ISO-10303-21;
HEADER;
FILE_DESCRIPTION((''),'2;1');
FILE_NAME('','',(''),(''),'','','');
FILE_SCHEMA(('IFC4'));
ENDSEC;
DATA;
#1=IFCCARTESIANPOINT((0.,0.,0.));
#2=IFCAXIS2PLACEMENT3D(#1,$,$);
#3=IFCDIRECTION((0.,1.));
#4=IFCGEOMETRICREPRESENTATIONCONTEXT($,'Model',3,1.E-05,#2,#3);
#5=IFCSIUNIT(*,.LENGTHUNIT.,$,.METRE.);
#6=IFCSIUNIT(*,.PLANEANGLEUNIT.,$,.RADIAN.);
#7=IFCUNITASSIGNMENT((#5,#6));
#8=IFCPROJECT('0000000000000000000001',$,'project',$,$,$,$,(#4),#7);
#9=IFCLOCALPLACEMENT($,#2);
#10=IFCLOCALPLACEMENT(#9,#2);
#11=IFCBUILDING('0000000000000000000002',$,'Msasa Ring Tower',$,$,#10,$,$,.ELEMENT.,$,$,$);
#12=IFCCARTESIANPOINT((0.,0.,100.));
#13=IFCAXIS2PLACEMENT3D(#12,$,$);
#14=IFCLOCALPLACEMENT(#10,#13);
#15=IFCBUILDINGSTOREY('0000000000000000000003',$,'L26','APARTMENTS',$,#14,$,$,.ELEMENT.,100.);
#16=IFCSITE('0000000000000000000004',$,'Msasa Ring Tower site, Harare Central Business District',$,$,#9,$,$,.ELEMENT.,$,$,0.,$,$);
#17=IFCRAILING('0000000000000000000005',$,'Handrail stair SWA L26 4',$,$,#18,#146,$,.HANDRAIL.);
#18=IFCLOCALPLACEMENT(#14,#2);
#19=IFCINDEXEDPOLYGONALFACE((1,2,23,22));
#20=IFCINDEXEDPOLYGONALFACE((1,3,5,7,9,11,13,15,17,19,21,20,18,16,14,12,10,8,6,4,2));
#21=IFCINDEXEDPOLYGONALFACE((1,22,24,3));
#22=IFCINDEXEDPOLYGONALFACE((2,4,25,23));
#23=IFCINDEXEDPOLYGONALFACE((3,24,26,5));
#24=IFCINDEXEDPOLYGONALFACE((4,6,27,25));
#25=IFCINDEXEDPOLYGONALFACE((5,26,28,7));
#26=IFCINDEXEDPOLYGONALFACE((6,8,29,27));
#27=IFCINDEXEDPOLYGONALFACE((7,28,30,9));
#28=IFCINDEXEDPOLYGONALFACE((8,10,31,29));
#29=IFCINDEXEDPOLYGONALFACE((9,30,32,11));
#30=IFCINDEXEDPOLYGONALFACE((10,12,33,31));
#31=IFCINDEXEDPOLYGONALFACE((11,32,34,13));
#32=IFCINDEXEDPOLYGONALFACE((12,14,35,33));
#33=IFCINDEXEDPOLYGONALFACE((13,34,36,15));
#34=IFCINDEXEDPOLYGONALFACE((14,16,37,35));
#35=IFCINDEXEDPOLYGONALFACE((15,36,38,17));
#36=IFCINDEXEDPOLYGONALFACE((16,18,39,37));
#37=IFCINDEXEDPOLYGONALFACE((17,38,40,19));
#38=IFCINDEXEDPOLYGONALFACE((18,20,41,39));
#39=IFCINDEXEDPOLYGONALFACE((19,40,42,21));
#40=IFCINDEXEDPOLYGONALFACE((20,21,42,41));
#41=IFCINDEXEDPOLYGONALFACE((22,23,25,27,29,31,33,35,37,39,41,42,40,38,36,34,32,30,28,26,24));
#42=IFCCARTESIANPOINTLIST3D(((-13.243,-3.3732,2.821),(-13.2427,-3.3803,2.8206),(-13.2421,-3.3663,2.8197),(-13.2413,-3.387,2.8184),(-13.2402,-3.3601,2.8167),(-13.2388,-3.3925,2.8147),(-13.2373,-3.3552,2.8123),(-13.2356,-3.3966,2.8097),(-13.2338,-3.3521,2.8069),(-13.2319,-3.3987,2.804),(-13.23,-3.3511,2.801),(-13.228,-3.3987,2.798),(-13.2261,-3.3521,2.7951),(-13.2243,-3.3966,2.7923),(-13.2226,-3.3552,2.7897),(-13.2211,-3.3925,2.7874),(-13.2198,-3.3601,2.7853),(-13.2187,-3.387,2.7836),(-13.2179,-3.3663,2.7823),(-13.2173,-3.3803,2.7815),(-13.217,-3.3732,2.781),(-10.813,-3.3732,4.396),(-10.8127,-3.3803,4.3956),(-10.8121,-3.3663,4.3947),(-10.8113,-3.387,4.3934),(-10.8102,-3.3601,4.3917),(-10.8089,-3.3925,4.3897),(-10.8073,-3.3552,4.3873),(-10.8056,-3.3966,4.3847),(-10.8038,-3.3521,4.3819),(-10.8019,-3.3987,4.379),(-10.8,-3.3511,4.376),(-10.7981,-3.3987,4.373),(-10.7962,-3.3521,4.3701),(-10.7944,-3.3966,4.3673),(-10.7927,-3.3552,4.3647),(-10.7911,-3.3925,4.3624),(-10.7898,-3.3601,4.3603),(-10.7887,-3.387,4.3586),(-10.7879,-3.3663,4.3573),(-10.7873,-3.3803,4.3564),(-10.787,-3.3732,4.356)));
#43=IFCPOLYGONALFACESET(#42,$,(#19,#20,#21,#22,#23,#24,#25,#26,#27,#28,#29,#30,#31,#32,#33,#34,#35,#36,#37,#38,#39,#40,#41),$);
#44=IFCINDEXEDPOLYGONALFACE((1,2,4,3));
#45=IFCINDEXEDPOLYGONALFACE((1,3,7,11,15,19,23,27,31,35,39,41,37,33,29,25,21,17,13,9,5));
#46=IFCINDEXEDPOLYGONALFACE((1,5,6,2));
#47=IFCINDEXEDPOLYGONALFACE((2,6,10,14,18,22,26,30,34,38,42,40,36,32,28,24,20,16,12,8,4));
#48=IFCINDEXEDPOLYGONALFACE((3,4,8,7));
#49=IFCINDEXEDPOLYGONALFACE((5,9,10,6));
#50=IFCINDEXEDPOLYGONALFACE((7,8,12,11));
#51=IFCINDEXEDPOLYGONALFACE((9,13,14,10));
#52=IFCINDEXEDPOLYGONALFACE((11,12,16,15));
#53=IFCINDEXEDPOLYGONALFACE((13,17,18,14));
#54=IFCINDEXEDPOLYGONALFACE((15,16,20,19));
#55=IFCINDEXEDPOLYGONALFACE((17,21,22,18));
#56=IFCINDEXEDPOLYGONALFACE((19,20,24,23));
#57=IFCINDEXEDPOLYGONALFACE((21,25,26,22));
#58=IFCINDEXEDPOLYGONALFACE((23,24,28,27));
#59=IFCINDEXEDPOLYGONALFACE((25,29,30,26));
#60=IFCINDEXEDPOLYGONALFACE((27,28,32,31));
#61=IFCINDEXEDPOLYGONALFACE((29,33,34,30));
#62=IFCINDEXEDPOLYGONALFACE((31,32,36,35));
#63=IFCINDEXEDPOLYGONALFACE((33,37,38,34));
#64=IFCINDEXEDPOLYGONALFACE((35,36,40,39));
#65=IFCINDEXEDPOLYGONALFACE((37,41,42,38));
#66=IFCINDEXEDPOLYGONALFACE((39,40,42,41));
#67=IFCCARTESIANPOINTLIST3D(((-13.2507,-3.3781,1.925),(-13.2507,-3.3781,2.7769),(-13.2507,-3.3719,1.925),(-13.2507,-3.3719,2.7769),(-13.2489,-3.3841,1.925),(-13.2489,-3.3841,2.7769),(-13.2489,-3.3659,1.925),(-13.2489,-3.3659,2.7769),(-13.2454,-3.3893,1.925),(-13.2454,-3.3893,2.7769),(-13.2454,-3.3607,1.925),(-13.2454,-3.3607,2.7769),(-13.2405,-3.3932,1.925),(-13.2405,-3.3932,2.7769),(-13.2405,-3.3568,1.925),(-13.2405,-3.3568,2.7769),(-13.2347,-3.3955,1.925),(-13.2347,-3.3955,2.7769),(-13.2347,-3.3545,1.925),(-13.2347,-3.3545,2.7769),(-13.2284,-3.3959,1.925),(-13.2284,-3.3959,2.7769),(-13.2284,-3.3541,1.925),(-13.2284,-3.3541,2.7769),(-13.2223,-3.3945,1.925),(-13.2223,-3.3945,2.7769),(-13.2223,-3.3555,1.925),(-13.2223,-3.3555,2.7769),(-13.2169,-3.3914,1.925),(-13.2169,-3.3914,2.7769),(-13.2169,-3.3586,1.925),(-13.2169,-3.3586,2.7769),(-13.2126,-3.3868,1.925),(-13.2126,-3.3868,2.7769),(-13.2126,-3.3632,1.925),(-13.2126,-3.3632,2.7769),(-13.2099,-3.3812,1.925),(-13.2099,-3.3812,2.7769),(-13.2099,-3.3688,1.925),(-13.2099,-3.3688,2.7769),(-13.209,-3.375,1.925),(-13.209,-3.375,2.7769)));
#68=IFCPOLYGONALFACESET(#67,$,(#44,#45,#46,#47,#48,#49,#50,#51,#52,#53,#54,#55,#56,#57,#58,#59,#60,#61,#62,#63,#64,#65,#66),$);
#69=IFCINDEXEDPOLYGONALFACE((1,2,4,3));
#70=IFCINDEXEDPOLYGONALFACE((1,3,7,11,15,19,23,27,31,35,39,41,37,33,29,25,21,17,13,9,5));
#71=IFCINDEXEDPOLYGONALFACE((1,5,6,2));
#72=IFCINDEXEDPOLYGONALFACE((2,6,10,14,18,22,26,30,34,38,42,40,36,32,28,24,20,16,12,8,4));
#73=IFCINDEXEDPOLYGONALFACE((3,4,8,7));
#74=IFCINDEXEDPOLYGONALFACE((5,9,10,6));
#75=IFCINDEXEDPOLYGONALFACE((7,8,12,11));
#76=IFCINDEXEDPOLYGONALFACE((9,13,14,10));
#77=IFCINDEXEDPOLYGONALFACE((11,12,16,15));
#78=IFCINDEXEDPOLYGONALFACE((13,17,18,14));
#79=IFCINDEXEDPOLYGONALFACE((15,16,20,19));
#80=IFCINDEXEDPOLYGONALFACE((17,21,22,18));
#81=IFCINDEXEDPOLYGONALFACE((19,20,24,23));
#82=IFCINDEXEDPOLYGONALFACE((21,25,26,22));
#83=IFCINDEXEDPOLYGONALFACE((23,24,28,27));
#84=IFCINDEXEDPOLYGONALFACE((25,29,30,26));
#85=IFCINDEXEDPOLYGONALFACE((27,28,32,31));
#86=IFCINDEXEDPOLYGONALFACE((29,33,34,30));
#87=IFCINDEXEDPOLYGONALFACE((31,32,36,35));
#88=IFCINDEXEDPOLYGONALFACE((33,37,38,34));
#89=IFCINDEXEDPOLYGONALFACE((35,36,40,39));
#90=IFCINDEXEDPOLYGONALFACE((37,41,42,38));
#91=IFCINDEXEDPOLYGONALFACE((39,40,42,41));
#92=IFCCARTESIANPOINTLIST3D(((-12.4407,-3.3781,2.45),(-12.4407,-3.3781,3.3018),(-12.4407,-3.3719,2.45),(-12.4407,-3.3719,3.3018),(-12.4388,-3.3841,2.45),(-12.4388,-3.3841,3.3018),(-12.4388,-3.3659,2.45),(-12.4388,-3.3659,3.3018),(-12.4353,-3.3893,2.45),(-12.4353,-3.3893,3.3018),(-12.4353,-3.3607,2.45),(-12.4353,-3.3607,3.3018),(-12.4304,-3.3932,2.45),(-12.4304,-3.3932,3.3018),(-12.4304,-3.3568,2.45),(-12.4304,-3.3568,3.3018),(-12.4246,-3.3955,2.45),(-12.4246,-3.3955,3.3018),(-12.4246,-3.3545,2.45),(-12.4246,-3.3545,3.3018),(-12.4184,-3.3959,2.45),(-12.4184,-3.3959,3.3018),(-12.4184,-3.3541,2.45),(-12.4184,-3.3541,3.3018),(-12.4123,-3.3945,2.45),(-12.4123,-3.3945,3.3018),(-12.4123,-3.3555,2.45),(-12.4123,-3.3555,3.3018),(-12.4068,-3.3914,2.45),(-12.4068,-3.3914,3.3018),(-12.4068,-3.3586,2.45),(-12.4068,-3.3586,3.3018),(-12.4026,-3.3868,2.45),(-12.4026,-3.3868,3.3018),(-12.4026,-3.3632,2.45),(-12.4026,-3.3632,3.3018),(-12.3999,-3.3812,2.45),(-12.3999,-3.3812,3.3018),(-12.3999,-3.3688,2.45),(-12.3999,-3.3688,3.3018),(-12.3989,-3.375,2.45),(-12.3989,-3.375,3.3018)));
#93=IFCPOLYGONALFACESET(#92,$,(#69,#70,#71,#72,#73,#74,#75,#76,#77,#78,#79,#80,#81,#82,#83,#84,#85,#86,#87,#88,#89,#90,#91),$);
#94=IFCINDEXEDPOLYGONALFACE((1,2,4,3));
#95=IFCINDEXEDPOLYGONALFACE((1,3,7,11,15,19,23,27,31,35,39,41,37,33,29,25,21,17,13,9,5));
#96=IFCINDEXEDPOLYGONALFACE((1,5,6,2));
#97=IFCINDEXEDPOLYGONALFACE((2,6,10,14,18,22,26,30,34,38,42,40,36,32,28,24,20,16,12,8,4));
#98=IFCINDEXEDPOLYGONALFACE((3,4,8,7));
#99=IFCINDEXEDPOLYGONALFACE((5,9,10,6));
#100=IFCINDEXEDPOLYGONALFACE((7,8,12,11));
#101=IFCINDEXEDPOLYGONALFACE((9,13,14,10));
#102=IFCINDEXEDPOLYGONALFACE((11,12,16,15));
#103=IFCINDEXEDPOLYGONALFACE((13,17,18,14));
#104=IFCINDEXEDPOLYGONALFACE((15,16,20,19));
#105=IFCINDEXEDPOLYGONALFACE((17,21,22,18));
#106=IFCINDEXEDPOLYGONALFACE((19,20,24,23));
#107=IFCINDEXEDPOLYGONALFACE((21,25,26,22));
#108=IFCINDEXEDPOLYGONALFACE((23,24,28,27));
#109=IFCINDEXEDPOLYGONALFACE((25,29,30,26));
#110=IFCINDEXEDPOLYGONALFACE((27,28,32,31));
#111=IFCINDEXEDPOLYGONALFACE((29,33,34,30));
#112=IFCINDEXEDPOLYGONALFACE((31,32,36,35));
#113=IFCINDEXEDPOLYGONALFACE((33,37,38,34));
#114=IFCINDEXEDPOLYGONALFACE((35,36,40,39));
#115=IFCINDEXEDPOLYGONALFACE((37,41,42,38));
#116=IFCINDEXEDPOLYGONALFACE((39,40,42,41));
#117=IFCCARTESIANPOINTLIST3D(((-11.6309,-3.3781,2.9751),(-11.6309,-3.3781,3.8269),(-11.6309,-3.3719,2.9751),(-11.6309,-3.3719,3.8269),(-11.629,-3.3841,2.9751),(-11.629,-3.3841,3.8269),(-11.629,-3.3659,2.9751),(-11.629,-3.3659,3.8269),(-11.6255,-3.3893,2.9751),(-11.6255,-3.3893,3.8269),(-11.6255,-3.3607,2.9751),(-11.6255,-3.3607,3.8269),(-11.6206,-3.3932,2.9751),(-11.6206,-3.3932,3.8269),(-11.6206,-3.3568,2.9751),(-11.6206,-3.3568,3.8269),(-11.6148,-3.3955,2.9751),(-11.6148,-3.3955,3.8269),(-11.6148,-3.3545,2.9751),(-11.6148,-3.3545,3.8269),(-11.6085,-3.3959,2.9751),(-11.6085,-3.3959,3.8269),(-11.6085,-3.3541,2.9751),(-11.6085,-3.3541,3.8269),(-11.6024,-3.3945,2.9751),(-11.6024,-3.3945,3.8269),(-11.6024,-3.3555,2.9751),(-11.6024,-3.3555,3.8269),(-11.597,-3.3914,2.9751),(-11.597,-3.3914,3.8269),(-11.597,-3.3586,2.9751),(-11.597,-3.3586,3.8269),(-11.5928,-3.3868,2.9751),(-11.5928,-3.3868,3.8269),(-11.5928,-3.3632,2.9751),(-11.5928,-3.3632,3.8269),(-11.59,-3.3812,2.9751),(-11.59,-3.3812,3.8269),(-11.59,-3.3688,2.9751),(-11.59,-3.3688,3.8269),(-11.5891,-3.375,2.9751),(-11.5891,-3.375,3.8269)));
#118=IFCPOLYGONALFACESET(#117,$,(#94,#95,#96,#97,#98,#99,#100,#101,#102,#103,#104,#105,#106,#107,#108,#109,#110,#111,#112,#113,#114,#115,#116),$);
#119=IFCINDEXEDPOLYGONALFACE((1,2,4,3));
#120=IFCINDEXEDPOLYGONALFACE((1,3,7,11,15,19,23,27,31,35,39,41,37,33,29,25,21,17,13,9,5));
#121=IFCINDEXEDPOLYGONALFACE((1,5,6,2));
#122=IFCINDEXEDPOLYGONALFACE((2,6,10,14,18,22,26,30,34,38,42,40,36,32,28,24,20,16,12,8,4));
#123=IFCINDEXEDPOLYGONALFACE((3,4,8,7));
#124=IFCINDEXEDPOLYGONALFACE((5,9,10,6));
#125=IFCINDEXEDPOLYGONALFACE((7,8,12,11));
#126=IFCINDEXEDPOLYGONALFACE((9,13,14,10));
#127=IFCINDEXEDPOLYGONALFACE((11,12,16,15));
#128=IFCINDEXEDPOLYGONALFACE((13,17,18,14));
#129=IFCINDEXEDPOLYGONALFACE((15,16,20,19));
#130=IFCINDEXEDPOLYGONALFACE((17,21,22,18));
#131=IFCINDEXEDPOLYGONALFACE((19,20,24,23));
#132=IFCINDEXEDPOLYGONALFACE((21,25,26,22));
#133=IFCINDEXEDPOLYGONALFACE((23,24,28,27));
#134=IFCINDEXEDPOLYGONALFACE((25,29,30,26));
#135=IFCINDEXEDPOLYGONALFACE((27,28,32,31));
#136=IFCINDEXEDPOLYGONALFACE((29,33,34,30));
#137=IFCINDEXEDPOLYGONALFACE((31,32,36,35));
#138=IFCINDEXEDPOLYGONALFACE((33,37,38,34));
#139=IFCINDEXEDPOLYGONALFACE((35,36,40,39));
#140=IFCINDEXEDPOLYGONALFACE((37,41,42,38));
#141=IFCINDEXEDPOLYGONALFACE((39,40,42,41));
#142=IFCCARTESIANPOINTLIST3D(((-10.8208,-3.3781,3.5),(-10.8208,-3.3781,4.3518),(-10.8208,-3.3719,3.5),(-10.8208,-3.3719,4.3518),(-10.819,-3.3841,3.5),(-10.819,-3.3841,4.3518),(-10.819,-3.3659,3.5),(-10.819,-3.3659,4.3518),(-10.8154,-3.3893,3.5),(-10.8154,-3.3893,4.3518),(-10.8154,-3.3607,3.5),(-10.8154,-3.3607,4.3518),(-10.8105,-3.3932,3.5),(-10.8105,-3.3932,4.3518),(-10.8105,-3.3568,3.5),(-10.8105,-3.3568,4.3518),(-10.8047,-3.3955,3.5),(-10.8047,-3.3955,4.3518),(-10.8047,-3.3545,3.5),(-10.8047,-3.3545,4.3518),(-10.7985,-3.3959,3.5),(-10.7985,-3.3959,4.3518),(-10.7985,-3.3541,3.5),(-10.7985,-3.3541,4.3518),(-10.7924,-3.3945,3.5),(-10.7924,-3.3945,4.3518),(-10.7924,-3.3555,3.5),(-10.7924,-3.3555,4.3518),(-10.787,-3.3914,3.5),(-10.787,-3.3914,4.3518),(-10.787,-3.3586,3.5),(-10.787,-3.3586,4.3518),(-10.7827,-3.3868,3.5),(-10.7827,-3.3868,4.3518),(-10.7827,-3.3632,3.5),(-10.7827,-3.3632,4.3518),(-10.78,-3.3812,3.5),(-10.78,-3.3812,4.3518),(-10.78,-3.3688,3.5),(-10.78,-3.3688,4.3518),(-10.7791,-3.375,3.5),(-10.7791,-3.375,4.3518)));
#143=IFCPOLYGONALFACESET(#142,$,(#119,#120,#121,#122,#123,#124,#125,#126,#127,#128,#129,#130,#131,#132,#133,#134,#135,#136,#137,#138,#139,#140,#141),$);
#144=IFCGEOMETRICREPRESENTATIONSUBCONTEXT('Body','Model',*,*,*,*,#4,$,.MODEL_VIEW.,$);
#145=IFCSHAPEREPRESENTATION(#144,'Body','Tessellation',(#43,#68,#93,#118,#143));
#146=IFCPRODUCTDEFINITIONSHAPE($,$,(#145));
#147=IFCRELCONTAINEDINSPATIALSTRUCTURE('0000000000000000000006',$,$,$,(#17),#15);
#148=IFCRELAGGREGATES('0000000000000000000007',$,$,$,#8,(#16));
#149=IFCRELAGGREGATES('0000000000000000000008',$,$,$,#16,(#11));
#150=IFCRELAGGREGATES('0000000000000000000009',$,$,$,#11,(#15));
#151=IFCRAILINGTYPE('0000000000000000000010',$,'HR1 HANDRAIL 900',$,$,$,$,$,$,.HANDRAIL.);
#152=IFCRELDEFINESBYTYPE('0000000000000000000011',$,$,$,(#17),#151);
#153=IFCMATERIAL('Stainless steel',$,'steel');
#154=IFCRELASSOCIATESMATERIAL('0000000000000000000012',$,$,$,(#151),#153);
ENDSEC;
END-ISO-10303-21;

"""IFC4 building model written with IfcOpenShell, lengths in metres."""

from ifc_helpers import new_model, si_unit, direction, frame, origin, origin_2d, place, context, subcontext, project, spatial, circle, extrude, material, type_object, element, save


model = new_model("IFC4")

# Units and contexts
model_context = context("Model", 3, precision=1e-05, world=origin(), true_north=direction((0.0, 1.0)))
body_context = subcontext(model_context, "Body", "Model", "MODEL_VIEW")
ifc_project = project(units=[si_unit("LENGTHUNIT", "METRE"), si_unit("PLANEANGLEUNIT", "RADIAN")], contexts=[model_context])

# Site, building, storey
site_placement = place(None, origin())
site = spatial("IfcSite", under=ifc_project, at=site_placement, Name="Msasa Ring Tower site, Harare Central Business District", CompositionType="ELEMENT", RefElevation=0.0)
building_placement = place(site_placement, origin())
building = spatial("IfcBuilding", under=site, at=building_placement, Name="Msasa Ring Tower", CompositionType="ELEMENT")
storey_placement = place(building_placement, frame((0.0, 0.0, 100.0)))
storey = spatial("IfcBuildingStorey", under=building, at=storey_placement, Name="L26", Description="APARTMENTS", CompositionType="ELEMENT", Elevation=100.0)

# Railing
ifc_material_1 = material(Name="Stainless steel", Category="steel")
railing_type = type_object("IfcRailingType", Name="HR1 HANDRAIL 900", PredefinedType="HANDRAIL", material=ifc_material_1)
for number, where, name in (
    (1, (-13.23, -3.375, 1.925), "Handrail stair SWA L26 4"),
):
    element("IfcRailing", number, at=place(storey_placement, frame(where)), inside=storey, type_object=railing_type, Name=name, PredefinedType="HANDRAIL", context=body_context, shape_type="SweptSolid", body=[
        extrude(circle(Radius=0.0239, at=origin_2d()), frame((0.0, 0.0, 0.876), z_axis=(0.839154, 0.0, 0.543894), x_axis=(0.0, 1.0, 0.0)), (0.0, 0.0, 1.0), 2.8958),
        extrude(circle(Radius=0.021, at=origin_2d()), origin(), (0.0, 0.0, 1.0), 0.8518),
        extrude(circle(Radius=0.021, at=origin_2d()), frame((0.8101, 0.0, 0.5249)), (0.0, 0.0, 1.0), 0.8518),
        extrude(circle(Radius=0.021, at=origin_2d()), frame((1.6199, 0.0, 1.05)), (0.0, 0.0, 1.0), 0.8518),
        extrude(circle(Radius=0.021, at=origin_2d()), frame((2.4299, 0.0, 1.575)), (0.0, 0.0, 1.0), 0.8518),
    ])

save(model, "model.ifc")
